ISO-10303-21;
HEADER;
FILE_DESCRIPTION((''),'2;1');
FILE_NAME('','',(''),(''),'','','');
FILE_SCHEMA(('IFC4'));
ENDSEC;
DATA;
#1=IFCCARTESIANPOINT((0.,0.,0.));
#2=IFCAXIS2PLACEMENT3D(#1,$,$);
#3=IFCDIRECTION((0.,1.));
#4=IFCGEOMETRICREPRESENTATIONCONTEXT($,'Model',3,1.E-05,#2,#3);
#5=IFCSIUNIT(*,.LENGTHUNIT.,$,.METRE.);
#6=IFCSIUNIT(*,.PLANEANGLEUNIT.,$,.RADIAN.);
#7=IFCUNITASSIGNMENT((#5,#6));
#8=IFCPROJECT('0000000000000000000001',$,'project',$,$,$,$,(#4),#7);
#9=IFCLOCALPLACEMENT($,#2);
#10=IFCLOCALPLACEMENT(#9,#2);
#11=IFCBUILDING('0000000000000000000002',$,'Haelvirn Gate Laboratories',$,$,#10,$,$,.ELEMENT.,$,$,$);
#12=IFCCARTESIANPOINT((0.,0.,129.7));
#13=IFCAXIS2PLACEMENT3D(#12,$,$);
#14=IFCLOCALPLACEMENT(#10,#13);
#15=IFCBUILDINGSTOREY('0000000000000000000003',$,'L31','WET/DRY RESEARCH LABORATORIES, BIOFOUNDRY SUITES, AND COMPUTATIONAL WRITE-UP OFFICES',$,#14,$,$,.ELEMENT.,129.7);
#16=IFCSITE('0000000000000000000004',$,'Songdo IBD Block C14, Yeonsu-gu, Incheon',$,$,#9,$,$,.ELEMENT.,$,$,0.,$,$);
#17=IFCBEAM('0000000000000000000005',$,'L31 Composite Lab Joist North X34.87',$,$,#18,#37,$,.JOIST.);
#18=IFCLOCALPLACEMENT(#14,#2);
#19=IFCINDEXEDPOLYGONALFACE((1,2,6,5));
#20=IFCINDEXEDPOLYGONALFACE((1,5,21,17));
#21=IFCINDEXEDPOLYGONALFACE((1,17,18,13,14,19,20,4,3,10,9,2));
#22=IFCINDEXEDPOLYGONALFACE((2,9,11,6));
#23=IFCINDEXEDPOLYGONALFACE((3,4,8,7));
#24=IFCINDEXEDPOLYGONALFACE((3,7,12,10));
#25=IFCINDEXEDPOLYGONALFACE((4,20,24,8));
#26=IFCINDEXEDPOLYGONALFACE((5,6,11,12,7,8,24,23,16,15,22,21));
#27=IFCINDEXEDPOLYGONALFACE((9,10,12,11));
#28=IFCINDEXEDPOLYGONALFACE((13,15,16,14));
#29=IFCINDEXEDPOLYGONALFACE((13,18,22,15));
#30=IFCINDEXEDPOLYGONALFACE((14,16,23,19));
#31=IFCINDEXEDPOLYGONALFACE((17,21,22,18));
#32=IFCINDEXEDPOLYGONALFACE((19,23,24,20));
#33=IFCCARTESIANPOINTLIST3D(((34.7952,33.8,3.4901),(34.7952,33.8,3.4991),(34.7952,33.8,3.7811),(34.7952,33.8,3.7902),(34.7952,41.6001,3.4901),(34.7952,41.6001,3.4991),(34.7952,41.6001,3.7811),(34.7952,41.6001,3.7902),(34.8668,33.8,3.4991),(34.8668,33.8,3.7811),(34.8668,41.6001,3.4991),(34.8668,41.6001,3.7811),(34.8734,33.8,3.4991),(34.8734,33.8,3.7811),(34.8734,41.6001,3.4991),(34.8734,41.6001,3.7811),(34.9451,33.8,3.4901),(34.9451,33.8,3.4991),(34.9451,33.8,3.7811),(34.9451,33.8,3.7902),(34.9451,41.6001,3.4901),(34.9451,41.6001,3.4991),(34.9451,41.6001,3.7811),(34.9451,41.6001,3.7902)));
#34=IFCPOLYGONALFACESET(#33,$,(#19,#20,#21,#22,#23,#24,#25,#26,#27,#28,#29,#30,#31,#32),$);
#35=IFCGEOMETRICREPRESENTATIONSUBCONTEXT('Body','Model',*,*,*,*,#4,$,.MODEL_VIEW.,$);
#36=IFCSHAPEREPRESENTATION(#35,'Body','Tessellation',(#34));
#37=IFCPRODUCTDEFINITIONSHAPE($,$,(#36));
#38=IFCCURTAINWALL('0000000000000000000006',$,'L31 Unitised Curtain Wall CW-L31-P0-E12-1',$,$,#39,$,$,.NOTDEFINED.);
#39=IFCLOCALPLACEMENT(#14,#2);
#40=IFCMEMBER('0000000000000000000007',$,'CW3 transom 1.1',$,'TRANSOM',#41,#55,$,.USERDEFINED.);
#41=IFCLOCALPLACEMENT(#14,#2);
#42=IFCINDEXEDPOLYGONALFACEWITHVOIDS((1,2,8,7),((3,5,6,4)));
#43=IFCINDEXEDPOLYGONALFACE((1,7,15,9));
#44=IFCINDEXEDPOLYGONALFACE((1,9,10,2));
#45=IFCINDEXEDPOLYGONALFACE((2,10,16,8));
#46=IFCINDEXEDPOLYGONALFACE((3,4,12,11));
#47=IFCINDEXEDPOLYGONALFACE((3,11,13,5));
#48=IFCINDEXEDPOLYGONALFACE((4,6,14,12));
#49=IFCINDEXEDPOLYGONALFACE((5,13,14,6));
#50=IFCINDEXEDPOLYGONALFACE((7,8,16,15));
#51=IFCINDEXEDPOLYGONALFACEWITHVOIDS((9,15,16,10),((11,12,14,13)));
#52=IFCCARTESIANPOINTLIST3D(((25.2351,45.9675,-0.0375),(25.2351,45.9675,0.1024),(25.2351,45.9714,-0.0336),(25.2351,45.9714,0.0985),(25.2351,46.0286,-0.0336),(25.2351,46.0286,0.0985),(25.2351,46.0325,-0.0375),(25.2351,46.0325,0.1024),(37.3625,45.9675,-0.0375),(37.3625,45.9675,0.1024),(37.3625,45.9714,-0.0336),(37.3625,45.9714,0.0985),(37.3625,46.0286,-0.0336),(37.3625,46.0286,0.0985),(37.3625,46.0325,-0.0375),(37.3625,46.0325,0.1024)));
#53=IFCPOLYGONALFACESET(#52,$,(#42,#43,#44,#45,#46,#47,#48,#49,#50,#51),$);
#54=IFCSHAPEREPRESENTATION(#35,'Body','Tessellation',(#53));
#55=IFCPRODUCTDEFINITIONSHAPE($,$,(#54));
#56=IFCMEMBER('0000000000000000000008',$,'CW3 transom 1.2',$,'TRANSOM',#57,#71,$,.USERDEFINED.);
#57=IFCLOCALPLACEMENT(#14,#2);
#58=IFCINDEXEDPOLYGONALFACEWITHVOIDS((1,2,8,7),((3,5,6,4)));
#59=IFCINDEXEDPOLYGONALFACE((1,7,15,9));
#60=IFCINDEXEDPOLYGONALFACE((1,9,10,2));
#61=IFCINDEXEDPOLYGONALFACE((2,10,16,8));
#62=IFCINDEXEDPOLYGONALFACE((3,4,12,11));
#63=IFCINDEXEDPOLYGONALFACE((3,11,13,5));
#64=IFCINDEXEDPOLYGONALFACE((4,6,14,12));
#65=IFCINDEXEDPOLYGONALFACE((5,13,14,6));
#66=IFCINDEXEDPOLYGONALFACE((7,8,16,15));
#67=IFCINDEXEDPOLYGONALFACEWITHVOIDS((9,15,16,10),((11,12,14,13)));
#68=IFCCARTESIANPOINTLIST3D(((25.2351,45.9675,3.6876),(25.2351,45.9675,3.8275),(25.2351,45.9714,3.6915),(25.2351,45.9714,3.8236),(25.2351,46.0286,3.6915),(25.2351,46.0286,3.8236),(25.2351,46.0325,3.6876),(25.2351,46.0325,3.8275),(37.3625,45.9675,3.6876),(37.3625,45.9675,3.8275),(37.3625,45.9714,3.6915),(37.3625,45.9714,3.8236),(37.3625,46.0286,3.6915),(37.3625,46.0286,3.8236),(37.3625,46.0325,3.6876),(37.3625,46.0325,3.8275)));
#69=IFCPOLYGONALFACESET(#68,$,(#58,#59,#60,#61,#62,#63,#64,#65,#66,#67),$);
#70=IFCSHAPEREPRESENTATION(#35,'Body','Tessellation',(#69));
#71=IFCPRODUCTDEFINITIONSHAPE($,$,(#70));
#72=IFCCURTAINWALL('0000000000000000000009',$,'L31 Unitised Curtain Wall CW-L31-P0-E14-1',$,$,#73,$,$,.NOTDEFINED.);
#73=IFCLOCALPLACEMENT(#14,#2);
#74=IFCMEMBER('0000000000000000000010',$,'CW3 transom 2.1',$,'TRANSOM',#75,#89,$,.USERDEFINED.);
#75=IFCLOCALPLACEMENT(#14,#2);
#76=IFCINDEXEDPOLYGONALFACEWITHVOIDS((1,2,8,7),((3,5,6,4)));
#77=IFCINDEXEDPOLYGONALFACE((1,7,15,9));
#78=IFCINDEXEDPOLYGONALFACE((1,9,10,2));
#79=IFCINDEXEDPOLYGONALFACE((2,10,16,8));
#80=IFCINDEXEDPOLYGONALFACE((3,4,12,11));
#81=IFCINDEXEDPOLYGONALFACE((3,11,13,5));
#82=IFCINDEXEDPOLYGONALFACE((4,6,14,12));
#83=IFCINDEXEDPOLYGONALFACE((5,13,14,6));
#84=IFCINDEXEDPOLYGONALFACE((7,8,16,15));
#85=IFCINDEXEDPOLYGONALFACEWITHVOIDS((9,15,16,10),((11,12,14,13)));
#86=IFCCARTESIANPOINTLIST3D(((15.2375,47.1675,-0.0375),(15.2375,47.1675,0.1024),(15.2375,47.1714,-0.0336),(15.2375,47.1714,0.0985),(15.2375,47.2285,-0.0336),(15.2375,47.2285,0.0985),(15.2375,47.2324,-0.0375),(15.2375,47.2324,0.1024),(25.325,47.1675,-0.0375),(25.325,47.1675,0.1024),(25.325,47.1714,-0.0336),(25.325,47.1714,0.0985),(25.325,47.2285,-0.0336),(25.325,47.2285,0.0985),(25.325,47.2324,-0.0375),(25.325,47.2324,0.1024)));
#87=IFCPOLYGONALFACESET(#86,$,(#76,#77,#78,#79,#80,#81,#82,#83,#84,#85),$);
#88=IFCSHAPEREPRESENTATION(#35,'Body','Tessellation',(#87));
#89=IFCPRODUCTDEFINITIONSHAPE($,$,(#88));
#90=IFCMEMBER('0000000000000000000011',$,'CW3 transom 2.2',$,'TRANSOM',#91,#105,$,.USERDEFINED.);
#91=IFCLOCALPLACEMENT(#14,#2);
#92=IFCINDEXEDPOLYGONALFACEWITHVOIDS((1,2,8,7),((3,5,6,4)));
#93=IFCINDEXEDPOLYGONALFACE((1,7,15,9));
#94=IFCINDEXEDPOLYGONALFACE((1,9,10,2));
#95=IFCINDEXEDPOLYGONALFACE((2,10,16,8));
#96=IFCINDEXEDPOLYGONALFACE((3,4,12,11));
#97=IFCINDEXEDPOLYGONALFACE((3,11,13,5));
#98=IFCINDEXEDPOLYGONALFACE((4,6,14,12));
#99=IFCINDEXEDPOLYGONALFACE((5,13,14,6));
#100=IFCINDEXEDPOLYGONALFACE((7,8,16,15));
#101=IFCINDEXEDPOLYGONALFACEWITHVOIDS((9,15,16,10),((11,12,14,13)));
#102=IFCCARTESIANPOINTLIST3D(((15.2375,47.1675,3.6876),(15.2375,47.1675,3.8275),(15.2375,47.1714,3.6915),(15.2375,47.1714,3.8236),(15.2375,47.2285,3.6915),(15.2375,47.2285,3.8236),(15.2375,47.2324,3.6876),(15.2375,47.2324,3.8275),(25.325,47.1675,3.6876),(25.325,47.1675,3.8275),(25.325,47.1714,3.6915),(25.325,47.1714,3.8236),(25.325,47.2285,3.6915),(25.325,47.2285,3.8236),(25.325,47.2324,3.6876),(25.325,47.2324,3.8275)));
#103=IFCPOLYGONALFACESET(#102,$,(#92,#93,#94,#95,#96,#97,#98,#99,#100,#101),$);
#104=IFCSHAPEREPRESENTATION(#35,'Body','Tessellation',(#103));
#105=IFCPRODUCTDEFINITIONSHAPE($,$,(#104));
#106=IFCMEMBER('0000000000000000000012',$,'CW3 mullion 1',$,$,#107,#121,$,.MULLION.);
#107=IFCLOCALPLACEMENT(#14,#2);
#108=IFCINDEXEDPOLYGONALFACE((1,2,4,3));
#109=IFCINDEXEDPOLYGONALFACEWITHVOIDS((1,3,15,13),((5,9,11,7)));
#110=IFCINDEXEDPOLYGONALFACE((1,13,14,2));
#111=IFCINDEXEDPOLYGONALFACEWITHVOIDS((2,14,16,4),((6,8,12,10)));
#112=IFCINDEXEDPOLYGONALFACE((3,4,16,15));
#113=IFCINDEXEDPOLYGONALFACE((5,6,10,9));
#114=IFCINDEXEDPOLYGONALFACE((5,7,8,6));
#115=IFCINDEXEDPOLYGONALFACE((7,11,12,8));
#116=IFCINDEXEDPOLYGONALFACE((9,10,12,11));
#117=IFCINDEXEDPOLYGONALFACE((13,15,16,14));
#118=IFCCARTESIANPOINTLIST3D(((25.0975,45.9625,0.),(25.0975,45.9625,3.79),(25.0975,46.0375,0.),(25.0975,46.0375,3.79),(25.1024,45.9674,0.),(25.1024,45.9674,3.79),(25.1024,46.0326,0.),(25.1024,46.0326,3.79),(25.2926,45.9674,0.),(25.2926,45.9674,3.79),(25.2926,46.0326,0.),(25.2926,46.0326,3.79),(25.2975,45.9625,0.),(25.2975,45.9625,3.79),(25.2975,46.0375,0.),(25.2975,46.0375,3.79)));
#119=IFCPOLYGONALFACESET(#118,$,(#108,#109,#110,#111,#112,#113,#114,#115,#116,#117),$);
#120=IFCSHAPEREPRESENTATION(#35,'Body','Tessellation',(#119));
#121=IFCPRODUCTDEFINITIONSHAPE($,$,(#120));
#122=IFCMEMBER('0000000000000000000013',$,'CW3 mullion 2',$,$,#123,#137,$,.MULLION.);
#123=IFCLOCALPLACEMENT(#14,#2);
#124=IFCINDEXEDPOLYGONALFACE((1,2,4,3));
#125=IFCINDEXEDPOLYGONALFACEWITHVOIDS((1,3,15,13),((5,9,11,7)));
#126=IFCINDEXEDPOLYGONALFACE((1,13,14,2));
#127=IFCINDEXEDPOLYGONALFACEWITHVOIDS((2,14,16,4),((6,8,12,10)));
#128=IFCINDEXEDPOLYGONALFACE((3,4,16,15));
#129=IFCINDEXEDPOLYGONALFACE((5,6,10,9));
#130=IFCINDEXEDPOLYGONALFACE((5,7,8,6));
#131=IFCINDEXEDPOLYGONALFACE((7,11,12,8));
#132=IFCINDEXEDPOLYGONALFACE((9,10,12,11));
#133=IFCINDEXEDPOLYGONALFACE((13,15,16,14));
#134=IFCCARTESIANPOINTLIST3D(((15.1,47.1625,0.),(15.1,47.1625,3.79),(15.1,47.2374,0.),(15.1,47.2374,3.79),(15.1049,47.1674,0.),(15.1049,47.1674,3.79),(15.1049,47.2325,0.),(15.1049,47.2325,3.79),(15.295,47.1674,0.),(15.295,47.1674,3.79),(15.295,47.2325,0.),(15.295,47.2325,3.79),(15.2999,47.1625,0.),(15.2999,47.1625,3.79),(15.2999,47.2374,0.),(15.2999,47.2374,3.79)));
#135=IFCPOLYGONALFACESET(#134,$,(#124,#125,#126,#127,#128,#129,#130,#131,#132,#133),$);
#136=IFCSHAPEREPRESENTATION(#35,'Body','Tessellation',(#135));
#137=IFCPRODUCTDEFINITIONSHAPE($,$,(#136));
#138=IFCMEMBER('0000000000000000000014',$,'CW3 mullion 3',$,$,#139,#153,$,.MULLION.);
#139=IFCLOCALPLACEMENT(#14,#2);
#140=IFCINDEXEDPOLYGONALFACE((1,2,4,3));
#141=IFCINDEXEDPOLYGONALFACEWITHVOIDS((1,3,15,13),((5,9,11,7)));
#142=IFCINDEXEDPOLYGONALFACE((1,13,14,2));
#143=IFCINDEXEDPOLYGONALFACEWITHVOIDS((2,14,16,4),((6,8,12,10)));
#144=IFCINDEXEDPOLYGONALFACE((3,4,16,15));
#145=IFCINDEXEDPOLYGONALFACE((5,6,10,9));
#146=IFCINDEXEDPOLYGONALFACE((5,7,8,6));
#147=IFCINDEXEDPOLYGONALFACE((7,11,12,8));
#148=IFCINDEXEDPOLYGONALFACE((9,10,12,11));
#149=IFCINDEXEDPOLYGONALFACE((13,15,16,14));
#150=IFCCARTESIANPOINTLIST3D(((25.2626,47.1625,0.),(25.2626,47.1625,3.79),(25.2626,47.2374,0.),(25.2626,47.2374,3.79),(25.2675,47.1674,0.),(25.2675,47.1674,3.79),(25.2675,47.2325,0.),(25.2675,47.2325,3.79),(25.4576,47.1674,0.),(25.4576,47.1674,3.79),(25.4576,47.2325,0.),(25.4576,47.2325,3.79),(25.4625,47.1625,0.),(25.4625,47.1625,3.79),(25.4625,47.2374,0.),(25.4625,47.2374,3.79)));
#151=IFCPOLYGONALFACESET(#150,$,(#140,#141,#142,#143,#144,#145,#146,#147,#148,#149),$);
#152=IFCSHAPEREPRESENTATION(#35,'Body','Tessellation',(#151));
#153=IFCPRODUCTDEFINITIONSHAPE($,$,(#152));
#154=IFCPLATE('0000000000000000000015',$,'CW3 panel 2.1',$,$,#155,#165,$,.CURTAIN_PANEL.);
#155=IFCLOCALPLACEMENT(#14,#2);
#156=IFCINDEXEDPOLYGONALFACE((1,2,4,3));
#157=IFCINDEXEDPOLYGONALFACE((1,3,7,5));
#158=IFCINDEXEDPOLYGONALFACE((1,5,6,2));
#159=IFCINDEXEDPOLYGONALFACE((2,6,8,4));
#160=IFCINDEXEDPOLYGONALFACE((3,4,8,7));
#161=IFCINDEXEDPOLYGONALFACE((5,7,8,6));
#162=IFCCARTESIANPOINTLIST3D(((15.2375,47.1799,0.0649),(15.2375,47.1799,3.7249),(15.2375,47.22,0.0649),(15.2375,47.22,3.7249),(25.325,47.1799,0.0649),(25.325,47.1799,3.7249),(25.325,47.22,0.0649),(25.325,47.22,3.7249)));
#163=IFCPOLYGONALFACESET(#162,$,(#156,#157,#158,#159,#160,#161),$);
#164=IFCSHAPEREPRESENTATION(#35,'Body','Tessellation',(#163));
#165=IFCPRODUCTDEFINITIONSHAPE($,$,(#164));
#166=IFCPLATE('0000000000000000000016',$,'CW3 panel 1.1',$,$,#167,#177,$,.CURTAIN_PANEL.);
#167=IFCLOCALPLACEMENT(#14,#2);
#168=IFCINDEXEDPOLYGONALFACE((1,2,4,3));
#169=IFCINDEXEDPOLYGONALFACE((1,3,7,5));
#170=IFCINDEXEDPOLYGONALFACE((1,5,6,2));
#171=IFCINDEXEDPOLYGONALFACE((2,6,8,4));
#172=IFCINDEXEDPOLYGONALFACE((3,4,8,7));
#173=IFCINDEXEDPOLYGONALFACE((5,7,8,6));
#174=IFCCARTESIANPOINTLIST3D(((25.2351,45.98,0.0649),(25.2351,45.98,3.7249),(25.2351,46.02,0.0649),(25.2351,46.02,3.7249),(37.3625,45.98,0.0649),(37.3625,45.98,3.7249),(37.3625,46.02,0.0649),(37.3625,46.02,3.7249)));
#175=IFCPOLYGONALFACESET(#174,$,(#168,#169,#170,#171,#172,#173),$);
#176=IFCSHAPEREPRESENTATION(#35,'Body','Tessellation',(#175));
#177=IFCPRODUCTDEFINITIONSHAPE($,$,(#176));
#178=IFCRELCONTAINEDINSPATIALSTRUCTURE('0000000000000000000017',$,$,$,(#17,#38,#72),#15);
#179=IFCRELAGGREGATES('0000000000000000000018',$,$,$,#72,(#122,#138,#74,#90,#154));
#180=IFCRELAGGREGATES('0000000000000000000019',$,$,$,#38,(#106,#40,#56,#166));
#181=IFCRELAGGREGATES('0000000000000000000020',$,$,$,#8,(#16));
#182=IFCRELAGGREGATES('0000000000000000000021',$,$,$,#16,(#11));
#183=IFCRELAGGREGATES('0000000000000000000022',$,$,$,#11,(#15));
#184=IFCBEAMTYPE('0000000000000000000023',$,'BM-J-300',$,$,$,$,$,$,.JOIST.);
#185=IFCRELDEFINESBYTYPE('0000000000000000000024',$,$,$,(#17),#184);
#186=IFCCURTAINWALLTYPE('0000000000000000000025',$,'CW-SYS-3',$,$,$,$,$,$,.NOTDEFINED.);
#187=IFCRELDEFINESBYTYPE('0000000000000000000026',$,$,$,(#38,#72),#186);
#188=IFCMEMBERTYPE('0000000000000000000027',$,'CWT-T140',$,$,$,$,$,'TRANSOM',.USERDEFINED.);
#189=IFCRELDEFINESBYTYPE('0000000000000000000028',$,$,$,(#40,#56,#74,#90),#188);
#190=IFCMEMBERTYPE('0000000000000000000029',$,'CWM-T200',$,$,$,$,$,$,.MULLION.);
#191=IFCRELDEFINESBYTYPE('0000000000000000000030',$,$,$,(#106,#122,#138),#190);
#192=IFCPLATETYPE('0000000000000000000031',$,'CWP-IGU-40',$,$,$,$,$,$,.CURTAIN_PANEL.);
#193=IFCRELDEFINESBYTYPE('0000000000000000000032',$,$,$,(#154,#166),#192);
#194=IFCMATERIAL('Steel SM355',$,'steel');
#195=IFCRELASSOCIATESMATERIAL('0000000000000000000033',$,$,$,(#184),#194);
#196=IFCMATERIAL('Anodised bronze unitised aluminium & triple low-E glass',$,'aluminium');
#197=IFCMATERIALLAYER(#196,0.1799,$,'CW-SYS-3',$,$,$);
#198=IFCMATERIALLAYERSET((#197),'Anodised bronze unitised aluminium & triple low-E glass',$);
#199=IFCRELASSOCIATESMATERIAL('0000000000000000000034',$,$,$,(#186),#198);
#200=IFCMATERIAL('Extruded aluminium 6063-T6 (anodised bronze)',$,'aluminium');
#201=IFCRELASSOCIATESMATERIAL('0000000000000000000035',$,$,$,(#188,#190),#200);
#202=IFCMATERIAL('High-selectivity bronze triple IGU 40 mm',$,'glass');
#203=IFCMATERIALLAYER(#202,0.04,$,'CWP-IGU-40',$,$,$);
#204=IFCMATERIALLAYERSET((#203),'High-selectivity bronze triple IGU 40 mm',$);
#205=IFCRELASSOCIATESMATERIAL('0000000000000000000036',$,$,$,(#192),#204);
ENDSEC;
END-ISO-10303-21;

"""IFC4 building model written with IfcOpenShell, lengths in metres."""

from ifc_helpers import new_model, si_unit, direction, frame, origin, origin_2d, place, context, subcontext, project, spatial, rectangle, hollow_rectangle, i_section, extrude, source, transform, mapped, material, layer, layer_set, material_profile, profile_set, type_object, type_shapes, element, aggregate, save


model = new_model("IFC4")

# Units and contexts
model_context = context("Model", 3, precision=1e-05, world=origin(), true_north=direction((0.0, 1.0)))
body_context = subcontext(model_context, "Body", "Model", "MODEL_VIEW")
ifc_project = project(units=[si_unit("LENGTHUNIT", "METRE"), si_unit("PLANEANGLEUNIT", "RADIAN")], contexts=[model_context])

# Site, building, storey
site_placement = place(None, origin())
site = spatial("IfcSite", under=ifc_project, at=site_placement, Name="Songdo IBD Block C14, Yeonsu-gu, Incheon", CompositionType="ELEMENT", RefElevation=0.0)
building_placement = place(site_placement, origin())
building = spatial("IfcBuilding", under=site, at=building_placement, Name="Haelvirn Gate Laboratories", CompositionType="ELEMENT")
storey_placement = place(building_placement, frame((0.0, 0.0, 129.7)))
storey = spatial("IfcBuildingStorey", under=building, at=storey_placement, Name="L31", Description="WET/DRY RESEARCH LABORATORIES, BIOFOUNDRY SUITES, AND COMPUTATIONAL WRITE-UP OFFICES", CompositionType="ELEMENT", Elevation=129.7)

# Shared definitions
ifc_material_1 = material(Name="Steel SM355", Category="steel")

# Beam
ifc_material_profile_1 = material_profile(ifc_material_1, i_section(OverallWidth=0.1499, OverallDepth=0.3, WebThickness=0.0066, FlangeThickness=0.009, at=origin_2d()), Name="H-300x150x6.5x9")
ifc_profile_set_1 = profile_set([ifc_material_profile_1], Name="Steel SM355")
beam_type_1 = type_object("IfcBeamType", Name="BM-J-300", PredefinedType="JOIST", material=ifc_profile_set_1)
shared_shape_1 = source(origin(), body_context, "Body", "SweptSolid", [
    extrude(i_section(OverallWidth=0.1499, OverallDepth=0.3, WebThickness=0.0066, FlangeThickness=0.009, at=origin_2d()), origin(), (0.0, 0.0, 1.0), 7.8),
])
type_shapes(beam_type_1, [shared_shape_1])
for number, where, z_axis, x_axis, name in (
    (1, (34.8701, 33.8, 3.6401), (0.0, 1.0, 0.0), (-1.0, 0.0, 0.0), "L31 Composite Lab Joist North X34.87"),
):
    element("IfcBeam", number, at=place(storey_placement, frame(where, z_axis=z_axis, x_axis=x_axis)), inside=storey, type_object=beam_type_1, Name=name, PredefinedType="JOIST", context=body_context, shape_type="MappedRepresentation", body=[
        mapped(shared_shape_1, transform((0.0, 0.0, 0.0), scale=1.0)),
    ])

# Curtain walls, members
ifc_material_2 = material(Name="Anodised bronze unitised aluminium & triple low-E glass", Category="aluminium")
ifc_layer_1 = layer(ifc_material_2, 0.1799, Name="CW-SYS-3")
ifc_layer_set_1 = layer_set([ifc_layer_1], Name="Anodised bronze unitised aluminium & triple low-E glass")
curtain_wall_type = type_object("IfcCurtainWallType", Name="CW-SYS-3", PredefinedType="NOTDEFINED", material=ifc_layer_set_1)
curtain_wall_1_placement = place(storey_placement, origin())
curtain_wall_1 = element("IfcCurtainWall", 2, at=curtain_wall_1_placement, inside=storey, type_object=curtain_wall_type, Name="L31 Unitised Curtain Wall CW-L31-P0-E12-1", PredefinedType="NOTDEFINED")
ifc_material_3 = material(Name="Extruded aluminium 6063-T6 (anodised bronze)", Category="aluminium")
ifc_material_profile_2 = material_profile(ifc_material_3, hollow_rectangle(XDim=0.0649, YDim=0.1399, WallThickness=0.0039, at=origin_2d()), Name="CWT-140x65x4")
ifc_profile_set_2 = profile_set([ifc_material_profile_2], Name="Extruded aluminium 6063-T6 (anodised bronze)")
member_type_1 = type_object("IfcMemberType", Name="CWT-T140", ElementType="TRANSOM", PredefinedType="USERDEFINED", material=ifc_profile_set_2)
shared_shape_2 = source(origin(), body_context, "Body", "SweptSolid", [
    extrude(hollow_rectangle(XDim=0.0649, YDim=0.1399, WallThickness=0.0039, at=origin_2d()), origin(), (0.0, 0.0, 1.0), 12.1274),
])
member_1_placement = place(storey_placement, frame((25.2351, 46.0, 0.0325), z_axis=(1.0, 0.0, 0.0), x_axis=(0.0, 1.0, 0.0)))
member_1 = element("IfcMember", 3, at=member_1_placement, type_object=member_type_1, Name="CW3 transom 1.1", ObjectType="TRANSOM", PredefinedType="USERDEFINED", context=body_context, shape_type="MappedRepresentation", body=[
    mapped(shared_shape_2, transform((0.0, 0.0, 0.0), scale=1.0)),
])
member_2_placement = place(storey_placement, frame((25.2351, 46.0, 3.7576), z_axis=(1.0, 0.0, 0.0), x_axis=(0.0, 1.0, 0.0)))
member_2 = element("IfcMember", 4, at=member_2_placement, type_object=member_type_1, Name="CW3 transom 1.2", ObjectType="TRANSOM", PredefinedType="USERDEFINED", context=body_context, shape_type="MappedRepresentation", body=[
    mapped(shared_shape_2, transform((0.0, 0.0, 0.0), scale=1.0)),
])
curtain_wall_2_placement = place(storey_placement, origin())
curtain_wall_2 = element("IfcCurtainWall", 5, at=curtain_wall_2_placement, inside=storey, type_object=curtain_wall_type, Name="L31 Unitised Curtain Wall CW-L31-P0-E14-1", PredefinedType="NOTDEFINED")
shared_shape_3 = source(origin(), body_context, "Body", "SweptSolid", [
    extrude(hollow_rectangle(XDim=0.0649, YDim=0.1399, WallThickness=0.0039, at=origin_2d()), origin(), (0.0, 0.0, 1.0), 10.0874),
])
type_shapes(member_type_1, [shared_shape_2, shared_shape_3])
member_3_placement = place(storey_placement, frame((15.2375, 47.2, 0.0325), z_axis=(1.0, 0.0, 0.0), x_axis=(0.0, 1.0, 0.0)))
member_3 = element("IfcMember", 6, at=member_3_placement, type_object=member_type_1, Name="CW3 transom 2.1", ObjectType="TRANSOM", PredefinedType="USERDEFINED", context=body_context, shape_type="MappedRepresentation", body=[
    mapped(shared_shape_3, transform((0.0, 0.0, 0.0), scale=1.0)),
])
member_4_placement = place(storey_placement, frame((15.2375, 47.2, 3.7576), z_axis=(1.0, 0.0, 0.0), x_axis=(0.0, 1.0, 0.0)))
member_4 = element("IfcMember", 7, at=member_4_placement, type_object=member_type_1, Name="CW3 transom 2.2", ObjectType="TRANSOM", PredefinedType="USERDEFINED", context=body_context, shape_type="MappedRepresentation", body=[
    mapped(shared_shape_3, transform((0.0, 0.0, 0.0), scale=1.0)),
])

# Members
ifc_material_profile_3 = material_profile(ifc_material_3, hollow_rectangle(XDim=0.075, YDim=0.2, WallThickness=0.0049, at=origin_2d()), Name="CWM-200x75x5")
ifc_profile_set_3 = profile_set([ifc_material_profile_3], Name="Extruded aluminium 6063-T6 (anodised bronze)")
member_type_2 = type_object("IfcMemberType", Name="CWM-T200", PredefinedType="MULLION", material=ifc_profile_set_3)
shared_shape_4 = source(origin(), body_context, "Body", "SweptSolid", [
    extrude(hollow_rectangle(XDim=0.075, YDim=0.2, WallThickness=0.0049, at=origin_2d()), origin(), (0.0, 0.0, 1.0), 3.79),
])
type_shapes(member_type_2, [shared_shape_4])
member_5_placement = place(storey_placement, frame((25.1975, 46.0, 0.0), z_axis=(0.0, 0.0, 1.0), x_axis=(0.0, 1.0, 0.0)))
member_5 = element("IfcMember", 8, at=member_5_placement, type_object=member_type_2, Name="CW3 mullion 1", PredefinedType="MULLION", context=body_context, shape_type="MappedRepresentation", body=[
    mapped(shared_shape_4, transform((0.0, 0.0, 0.0), scale=1.0)),
])
member_6_placement = place(storey_placement, frame((15.2, 47.2, 0.0), z_axis=(0.0, 0.0, 1.0), x_axis=(0.0, 1.0, 0.0)))
member_6 = element("IfcMember", 9, at=member_6_placement, type_object=member_type_2, Name="CW3 mullion 2", PredefinedType="MULLION", context=body_context, shape_type="MappedRepresentation", body=[
    mapped(shared_shape_4, transform((0.0, 0.0, 0.0), scale=1.0)),
])
member_7_placement = place(storey_placement, frame((25.3625, 47.2, 0.0), z_axis=(0.0, 0.0, 1.0), x_axis=(0.0, 1.0, 0.0)))
member_7 = element("IfcMember", 10, at=member_7_placement, type_object=member_type_2, Name="CW3 mullion 3", PredefinedType="MULLION", context=body_context, shape_type="MappedRepresentation", body=[
    mapped(shared_shape_4, transform((0.0, 0.0, 0.0), scale=1.0)),
])

# Plates
ifc_material_4 = material(Name="High-selectivity bronze triple IGU 40 mm", Category="glass")
ifc_layer_2 = layer(ifc_material_4, 0.04, Name="CWP-IGU-40")
ifc_layer_set_2 = layer_set([ifc_layer_2], Name="High-selectivity bronze triple IGU 40 mm")
plate_type = type_object("IfcPlateType", Name="CWP-IGU-40", PredefinedType="CURTAIN_PANEL", material=ifc_layer_set_2)
shared_shape_5 = source(origin(), body_context, "Body", "SweptSolid", [
    extrude(rectangle(XDim=10.0874, YDim=0.04, at=origin_2d()), origin(), (0.0, 0.0, 1.0), 3.6599),
])
plate_1_placement = place(storey_placement, frame((20.2812, 47.2, 0.0649), z_axis=(0.0, 0.0, 1.0), x_axis=(1.0, 0.0, 0.0)))
plate_1 = element("IfcPlate", 11, at=plate_1_placement, type_object=plate_type, Name="CW3 panel 2.1", PredefinedType="CURTAIN_PANEL", context=body_context, shape_type="MappedRepresentation", body=[
    mapped(shared_shape_5, transform((0.0, 0.0, 0.0), scale=1.0)),
])
aggregate(curtain_wall_2, [member_6, member_7, member_3, member_4, plate_1])
shared_shape_6 = source(origin(), body_context, "Body", "SweptSolid", [
    extrude(rectangle(XDim=12.1274, YDim=0.04, at=origin_2d()), origin(), (0.0, 0.0, 1.0), 3.6599),
])
type_shapes(plate_type, [shared_shape_5, shared_shape_6])
plate_2_placement = place(storey_placement, frame((31.2988, 46.0, 0.0649), z_axis=(0.0, 0.0, 1.0), x_axis=(1.0, 0.0, 0.0)))
plate_2 = element("IfcPlate", 12, at=plate_2_placement, type_object=plate_type, Name="CW3 panel 1.1", PredefinedType="CURTAIN_PANEL", context=body_context, shape_type="MappedRepresentation", body=[
    mapped(shared_shape_6, transform((0.0, 0.0, 0.0), scale=1.0)),
])
aggregate(curtain_wall_1, [member_5, member_1, member_2, plate_2])

save(model, "model.ifc")
